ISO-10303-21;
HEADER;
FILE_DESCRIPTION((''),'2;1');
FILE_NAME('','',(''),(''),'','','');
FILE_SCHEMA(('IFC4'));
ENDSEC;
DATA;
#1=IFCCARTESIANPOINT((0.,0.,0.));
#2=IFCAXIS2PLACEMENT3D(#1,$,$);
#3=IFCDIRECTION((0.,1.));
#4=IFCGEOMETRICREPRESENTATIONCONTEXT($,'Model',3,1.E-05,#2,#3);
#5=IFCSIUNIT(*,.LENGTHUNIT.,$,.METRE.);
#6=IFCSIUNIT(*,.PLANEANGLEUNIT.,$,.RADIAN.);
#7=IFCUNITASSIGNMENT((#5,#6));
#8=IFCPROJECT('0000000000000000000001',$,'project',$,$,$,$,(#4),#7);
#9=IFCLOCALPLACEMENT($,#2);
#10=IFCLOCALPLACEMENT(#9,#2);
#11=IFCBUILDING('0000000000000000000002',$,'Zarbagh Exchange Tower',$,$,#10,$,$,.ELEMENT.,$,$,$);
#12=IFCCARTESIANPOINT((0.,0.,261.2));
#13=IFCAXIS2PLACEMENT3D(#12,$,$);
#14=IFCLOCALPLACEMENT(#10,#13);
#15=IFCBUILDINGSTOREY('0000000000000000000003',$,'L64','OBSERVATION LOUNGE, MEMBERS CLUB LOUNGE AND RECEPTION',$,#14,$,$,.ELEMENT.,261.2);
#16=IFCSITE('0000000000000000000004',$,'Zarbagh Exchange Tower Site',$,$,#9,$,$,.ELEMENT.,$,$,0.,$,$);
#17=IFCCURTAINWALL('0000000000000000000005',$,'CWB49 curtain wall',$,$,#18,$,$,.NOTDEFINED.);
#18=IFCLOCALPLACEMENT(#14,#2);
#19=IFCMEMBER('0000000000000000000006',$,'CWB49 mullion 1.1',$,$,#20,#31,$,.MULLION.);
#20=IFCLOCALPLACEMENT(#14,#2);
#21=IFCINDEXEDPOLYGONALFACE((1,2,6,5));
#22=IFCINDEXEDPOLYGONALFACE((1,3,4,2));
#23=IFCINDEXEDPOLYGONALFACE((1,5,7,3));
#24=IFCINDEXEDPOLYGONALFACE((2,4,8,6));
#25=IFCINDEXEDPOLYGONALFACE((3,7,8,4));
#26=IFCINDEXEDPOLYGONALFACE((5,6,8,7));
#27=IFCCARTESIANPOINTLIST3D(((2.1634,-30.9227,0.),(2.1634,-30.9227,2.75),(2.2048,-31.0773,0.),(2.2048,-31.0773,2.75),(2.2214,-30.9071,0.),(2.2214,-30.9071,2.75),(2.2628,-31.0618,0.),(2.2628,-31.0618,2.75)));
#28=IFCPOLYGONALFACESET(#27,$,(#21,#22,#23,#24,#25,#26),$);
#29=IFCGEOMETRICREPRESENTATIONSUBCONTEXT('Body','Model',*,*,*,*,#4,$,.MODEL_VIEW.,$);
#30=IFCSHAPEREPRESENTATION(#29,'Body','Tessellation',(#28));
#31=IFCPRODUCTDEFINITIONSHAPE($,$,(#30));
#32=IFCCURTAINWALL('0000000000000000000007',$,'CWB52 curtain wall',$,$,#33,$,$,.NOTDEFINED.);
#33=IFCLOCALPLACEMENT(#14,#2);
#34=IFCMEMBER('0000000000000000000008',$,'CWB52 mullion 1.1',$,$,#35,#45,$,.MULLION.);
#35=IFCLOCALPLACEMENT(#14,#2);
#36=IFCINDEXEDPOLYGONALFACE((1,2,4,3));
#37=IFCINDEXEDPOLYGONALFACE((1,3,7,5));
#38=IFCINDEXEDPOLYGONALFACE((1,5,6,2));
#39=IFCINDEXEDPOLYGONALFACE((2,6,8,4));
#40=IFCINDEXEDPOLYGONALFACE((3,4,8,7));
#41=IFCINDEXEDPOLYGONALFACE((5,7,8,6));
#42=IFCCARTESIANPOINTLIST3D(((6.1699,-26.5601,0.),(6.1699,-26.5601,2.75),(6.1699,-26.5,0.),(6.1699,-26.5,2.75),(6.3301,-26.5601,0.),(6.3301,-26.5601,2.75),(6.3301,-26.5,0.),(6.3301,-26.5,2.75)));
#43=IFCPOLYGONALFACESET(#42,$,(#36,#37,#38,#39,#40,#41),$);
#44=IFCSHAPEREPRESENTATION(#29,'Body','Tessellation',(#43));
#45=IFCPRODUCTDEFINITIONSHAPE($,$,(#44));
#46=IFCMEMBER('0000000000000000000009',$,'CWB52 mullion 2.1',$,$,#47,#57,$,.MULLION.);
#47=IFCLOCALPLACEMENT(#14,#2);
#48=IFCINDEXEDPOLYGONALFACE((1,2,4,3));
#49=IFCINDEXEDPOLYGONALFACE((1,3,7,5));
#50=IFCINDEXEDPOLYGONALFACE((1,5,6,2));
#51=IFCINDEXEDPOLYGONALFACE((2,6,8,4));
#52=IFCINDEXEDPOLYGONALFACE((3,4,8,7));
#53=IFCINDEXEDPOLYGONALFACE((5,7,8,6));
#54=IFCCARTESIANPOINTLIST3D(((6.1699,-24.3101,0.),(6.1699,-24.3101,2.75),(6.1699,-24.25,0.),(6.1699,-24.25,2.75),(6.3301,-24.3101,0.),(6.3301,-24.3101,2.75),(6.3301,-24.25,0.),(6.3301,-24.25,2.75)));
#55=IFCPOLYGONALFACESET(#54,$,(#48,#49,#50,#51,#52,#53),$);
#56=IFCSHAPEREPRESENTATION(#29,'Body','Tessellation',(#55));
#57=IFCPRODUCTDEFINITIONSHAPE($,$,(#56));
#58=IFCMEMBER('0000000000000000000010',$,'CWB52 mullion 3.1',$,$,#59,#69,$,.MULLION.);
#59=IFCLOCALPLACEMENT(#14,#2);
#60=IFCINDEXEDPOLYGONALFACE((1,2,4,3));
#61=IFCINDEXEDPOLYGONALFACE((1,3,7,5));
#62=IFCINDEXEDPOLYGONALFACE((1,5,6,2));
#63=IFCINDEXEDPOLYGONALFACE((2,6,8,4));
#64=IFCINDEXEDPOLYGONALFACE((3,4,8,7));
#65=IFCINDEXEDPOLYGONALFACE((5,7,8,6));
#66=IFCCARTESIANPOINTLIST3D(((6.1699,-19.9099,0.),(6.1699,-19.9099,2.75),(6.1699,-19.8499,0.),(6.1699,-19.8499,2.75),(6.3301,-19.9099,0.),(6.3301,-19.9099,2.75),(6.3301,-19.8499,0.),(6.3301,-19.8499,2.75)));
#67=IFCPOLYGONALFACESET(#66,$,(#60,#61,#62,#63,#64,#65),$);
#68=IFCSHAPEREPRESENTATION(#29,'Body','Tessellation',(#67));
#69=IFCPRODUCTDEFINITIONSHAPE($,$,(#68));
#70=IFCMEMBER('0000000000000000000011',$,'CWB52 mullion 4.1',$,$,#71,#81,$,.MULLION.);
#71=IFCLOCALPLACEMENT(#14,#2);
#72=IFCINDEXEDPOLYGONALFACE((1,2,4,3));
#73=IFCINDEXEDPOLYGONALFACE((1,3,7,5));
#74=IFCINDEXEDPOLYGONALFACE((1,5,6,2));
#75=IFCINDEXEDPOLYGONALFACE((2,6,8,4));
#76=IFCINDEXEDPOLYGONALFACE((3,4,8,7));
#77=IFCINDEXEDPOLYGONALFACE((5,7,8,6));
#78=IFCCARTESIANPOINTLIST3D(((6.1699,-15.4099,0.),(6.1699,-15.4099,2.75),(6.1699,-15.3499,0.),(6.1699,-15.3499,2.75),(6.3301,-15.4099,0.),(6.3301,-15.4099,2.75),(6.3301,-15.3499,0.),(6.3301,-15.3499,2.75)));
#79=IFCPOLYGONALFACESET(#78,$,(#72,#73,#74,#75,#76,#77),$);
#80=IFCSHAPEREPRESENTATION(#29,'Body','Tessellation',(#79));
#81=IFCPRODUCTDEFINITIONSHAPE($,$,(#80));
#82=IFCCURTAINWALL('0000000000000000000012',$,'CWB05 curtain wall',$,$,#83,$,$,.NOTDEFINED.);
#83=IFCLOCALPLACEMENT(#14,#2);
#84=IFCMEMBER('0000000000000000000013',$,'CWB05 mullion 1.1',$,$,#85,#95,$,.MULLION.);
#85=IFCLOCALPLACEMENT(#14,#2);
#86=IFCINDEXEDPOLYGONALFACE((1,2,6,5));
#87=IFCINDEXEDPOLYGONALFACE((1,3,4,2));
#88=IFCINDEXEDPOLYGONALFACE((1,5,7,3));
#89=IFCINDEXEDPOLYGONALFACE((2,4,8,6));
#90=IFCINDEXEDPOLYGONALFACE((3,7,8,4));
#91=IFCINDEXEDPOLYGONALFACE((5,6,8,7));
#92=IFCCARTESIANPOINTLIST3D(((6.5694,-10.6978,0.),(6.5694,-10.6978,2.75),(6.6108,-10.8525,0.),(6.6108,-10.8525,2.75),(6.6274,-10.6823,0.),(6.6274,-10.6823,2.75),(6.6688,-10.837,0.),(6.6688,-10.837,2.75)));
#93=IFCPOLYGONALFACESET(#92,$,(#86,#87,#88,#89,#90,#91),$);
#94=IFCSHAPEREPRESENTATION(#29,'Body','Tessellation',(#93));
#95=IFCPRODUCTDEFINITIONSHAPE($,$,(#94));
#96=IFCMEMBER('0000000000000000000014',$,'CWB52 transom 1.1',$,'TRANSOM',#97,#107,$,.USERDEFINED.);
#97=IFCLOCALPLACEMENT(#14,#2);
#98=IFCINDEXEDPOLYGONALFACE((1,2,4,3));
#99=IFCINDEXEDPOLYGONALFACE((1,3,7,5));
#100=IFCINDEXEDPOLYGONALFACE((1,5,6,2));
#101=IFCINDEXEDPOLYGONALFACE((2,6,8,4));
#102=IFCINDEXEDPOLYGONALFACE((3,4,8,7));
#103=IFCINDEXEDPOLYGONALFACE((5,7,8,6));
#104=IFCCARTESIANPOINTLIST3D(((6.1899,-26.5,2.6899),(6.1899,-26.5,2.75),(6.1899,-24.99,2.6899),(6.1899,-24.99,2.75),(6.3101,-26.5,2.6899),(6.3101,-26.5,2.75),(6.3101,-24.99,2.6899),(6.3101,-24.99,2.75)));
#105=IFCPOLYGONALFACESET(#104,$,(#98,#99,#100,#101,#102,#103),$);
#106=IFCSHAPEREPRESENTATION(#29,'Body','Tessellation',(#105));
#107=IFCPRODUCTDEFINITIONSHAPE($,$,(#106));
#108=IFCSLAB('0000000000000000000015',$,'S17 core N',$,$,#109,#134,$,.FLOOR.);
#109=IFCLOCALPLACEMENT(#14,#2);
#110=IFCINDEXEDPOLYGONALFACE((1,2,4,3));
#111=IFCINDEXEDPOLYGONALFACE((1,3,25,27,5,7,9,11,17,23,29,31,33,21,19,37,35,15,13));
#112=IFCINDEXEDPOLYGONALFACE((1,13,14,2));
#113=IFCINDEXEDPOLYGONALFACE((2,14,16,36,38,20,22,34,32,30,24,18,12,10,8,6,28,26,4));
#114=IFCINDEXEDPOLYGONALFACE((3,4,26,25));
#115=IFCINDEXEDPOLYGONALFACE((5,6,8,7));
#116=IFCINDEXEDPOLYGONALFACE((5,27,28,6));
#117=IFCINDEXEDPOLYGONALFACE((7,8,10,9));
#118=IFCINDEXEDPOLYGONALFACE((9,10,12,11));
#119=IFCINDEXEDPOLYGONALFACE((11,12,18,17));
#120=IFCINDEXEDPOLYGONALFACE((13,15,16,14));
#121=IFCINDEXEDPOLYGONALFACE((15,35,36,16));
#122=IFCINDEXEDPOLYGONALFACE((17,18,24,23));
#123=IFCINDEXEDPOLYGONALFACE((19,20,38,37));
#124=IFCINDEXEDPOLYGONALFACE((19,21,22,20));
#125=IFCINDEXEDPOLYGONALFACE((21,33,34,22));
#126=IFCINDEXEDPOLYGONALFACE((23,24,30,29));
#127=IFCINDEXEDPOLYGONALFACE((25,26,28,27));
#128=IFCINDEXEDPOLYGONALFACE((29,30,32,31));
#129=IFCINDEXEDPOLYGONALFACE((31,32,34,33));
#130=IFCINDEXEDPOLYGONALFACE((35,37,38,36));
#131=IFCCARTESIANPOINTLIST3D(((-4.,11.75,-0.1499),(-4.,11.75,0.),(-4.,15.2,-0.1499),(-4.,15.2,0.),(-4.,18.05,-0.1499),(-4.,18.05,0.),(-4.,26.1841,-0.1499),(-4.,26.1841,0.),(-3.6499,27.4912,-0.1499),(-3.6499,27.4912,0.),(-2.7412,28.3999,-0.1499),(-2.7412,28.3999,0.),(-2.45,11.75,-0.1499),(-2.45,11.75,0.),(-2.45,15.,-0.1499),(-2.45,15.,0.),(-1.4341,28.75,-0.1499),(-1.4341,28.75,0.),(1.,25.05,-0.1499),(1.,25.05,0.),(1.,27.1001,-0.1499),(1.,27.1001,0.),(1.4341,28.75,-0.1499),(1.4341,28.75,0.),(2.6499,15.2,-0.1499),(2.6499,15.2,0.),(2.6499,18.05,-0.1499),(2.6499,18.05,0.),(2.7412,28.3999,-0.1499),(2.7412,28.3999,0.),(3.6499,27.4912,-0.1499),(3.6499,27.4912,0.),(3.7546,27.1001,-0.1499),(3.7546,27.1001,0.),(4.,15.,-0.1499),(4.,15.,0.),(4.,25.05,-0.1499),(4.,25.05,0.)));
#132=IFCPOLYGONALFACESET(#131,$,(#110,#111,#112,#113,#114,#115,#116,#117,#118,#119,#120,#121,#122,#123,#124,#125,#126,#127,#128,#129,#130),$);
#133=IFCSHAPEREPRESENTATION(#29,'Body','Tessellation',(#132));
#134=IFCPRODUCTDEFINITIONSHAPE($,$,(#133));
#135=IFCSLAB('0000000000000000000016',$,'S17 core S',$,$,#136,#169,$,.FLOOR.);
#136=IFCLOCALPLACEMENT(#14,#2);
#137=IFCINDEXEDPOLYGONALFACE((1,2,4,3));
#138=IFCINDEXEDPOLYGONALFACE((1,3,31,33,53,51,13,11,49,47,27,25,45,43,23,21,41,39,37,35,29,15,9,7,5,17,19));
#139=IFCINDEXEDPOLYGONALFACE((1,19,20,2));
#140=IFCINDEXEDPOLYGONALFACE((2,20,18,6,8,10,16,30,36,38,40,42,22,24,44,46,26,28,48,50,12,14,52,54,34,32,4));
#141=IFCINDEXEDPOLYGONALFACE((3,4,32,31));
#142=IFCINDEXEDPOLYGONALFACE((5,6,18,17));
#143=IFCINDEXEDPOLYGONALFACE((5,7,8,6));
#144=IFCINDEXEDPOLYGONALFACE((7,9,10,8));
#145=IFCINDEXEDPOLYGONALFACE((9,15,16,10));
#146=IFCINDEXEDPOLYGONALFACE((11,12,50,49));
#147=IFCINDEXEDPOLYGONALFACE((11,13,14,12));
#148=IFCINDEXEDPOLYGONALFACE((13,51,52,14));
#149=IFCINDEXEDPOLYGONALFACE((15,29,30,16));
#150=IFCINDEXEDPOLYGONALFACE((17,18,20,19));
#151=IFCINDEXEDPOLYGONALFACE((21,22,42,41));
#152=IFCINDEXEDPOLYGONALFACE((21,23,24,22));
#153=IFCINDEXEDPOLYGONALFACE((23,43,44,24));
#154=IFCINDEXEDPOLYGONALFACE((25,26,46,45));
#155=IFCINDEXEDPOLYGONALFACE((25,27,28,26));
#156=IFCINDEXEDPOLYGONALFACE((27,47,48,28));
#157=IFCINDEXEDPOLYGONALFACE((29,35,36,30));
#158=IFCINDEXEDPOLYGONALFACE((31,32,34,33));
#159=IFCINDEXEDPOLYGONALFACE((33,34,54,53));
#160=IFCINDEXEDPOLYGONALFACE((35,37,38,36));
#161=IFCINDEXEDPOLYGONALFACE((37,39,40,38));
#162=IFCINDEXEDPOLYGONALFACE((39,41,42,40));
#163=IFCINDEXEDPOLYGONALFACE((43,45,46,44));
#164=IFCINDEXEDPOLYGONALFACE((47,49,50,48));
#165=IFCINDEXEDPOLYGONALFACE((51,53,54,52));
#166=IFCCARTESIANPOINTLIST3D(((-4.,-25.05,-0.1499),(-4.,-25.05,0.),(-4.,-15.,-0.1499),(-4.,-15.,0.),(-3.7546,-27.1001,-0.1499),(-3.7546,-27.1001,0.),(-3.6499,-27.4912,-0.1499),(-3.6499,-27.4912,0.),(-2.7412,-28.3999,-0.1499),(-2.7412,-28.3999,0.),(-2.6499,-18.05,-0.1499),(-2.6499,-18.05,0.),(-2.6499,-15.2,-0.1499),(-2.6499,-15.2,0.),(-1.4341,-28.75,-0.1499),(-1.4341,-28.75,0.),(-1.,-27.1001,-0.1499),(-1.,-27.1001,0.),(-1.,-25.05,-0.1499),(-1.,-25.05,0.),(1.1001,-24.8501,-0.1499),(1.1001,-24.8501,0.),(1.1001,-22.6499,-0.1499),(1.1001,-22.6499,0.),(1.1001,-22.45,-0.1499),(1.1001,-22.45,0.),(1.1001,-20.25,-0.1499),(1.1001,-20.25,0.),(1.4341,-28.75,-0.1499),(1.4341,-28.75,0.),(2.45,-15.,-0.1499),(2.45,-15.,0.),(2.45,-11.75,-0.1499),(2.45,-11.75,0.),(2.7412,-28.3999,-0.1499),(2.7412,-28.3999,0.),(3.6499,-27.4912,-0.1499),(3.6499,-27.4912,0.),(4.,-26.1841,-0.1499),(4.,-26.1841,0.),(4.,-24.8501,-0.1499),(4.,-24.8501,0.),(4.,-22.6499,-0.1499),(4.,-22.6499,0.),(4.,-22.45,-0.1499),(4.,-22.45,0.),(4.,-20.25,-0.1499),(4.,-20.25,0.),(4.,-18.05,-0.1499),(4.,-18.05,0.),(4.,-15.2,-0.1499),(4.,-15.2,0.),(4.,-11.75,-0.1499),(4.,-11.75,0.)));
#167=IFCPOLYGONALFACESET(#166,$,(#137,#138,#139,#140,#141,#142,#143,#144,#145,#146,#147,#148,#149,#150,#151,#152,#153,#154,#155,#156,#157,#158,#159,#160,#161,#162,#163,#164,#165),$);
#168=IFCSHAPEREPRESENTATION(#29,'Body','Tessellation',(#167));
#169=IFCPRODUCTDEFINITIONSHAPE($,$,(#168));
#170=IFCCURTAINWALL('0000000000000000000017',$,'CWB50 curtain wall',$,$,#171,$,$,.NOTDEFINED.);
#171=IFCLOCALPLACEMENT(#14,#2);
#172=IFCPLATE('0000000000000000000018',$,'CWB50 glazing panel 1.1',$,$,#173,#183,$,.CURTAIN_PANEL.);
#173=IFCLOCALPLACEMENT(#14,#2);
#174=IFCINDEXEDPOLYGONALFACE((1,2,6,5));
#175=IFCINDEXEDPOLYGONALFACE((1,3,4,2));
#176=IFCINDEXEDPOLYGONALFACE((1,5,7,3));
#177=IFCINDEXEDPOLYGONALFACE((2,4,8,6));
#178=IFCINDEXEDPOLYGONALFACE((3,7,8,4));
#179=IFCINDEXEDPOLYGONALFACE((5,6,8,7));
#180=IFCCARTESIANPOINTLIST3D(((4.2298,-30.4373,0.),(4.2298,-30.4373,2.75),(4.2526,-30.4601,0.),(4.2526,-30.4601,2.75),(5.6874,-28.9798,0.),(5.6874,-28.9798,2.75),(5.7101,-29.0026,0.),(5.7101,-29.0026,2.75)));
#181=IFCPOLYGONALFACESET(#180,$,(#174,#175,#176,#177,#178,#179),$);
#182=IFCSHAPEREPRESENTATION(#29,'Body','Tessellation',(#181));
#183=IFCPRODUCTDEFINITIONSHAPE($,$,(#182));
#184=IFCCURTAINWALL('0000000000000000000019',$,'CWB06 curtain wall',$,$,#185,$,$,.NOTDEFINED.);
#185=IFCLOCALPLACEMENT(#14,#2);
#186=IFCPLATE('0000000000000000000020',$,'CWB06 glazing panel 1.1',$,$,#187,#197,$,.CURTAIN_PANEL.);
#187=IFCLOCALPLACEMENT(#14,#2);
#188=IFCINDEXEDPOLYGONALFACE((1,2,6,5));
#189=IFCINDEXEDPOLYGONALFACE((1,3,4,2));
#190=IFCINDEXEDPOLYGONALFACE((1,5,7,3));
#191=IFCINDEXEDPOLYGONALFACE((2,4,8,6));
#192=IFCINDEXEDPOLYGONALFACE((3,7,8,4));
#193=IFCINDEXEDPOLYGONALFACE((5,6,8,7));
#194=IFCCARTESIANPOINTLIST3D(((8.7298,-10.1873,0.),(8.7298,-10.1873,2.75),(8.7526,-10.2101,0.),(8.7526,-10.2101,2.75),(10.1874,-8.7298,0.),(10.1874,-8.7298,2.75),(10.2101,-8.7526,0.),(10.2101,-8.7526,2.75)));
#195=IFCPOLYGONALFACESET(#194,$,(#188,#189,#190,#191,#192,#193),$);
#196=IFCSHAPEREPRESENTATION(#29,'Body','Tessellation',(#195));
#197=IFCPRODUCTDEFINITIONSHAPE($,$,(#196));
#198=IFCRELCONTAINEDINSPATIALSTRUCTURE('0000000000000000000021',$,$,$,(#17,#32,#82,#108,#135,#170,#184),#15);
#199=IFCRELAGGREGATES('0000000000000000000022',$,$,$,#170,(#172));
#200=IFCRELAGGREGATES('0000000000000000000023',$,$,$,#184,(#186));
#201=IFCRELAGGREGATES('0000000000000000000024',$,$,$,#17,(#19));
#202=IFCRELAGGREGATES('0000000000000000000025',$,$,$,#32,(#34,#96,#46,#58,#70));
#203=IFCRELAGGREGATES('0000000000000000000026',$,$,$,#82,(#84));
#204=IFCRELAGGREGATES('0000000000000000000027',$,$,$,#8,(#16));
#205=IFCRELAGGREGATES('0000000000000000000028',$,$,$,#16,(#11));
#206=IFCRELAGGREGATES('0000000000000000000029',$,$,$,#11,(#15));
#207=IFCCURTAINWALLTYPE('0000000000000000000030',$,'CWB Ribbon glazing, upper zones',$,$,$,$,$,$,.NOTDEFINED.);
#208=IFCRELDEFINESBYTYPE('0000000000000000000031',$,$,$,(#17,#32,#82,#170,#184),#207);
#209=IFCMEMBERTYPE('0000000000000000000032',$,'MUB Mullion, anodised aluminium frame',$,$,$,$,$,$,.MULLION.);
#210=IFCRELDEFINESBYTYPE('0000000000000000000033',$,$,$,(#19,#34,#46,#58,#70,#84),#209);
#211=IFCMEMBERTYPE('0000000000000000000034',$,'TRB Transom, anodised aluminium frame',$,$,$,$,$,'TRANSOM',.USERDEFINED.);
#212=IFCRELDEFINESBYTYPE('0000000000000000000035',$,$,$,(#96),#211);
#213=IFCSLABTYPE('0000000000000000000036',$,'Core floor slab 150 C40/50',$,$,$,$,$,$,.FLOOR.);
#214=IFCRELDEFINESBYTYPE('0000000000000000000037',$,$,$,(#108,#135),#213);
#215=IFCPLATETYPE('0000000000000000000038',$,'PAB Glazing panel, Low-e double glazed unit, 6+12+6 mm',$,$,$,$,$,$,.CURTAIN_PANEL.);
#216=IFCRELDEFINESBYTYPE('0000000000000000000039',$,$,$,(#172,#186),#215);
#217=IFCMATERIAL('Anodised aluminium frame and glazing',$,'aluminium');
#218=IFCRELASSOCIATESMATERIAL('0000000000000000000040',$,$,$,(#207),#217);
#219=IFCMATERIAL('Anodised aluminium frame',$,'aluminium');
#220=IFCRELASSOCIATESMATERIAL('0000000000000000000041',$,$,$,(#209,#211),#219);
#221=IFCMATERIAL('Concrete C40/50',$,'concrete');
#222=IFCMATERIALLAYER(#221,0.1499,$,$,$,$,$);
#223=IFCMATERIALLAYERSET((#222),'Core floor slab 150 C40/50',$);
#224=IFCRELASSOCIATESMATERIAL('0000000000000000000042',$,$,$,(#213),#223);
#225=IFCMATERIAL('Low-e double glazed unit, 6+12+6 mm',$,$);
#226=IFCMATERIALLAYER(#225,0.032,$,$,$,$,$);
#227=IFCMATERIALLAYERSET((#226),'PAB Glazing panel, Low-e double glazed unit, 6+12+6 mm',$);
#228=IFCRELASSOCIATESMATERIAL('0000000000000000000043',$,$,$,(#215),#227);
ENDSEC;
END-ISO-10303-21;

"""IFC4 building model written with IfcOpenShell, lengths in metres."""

from ifc_helpers import new_model, si_unit, direction, frame, origin, place, context, subcontext, project, spatial, polyline, outline, extrude, source, transform, mapped, material, layer, layer_set, type_object, element, aggregate, save


model = new_model("IFC4")

# Units and contexts
model_context = context("Model", 3, precision=1e-05, world=origin(), true_north=direction((0.0, 1.0)))
body_context = subcontext(model_context, "Body", "Model", "MODEL_VIEW")
ifc_project = project(units=[si_unit("LENGTHUNIT", "METRE"), si_unit("PLANEANGLEUNIT", "RADIAN")], contexts=[model_context])

# Site, building, storey
site_placement = place(None, origin())
site = spatial("IfcSite", under=ifc_project, at=site_placement, Name="Zarbagh Exchange Tower Site", CompositionType="ELEMENT", RefElevation=0.0)
building_placement = place(site_placement, origin())
building = spatial("IfcBuilding", under=site, at=building_placement, Name="Zarbagh Exchange Tower", CompositionType="ELEMENT")
storey_placement = place(building_placement, frame((0.0, 0.0, 261.2)))
storey = spatial("IfcBuildingStorey", under=building, at=storey_placement, Name="L64", Description="OBSERVATION LOUNGE, MEMBERS CLUB LOUNGE AND RECEPTION", CompositionType="ELEMENT", Elevation=261.2)

# Curtain wall, member
ifc_material_1 = material(Name="Anodised aluminium frame and glazing", Category="aluminium")
curtain_wall_type = type_object("IfcCurtainWallType", Name="CWB Ribbon glazing, upper zones", PredefinedType="NOTDEFINED", material=ifc_material_1)
curtain_wall_1_placement = place(storey_placement, origin())
curtain_wall_1 = element("IfcCurtainWall", 1, at=curtain_wall_1_placement, inside=storey, type_object=curtain_wall_type, Name="CWB49 curtain wall", PredefinedType="NOTDEFINED")
ifc_material_2 = material(Name="Anodised aluminium frame", Category="aluminium")
member_type_1 = type_object("IfcMemberType", Name="MUB Mullion, anodised aluminium frame", PredefinedType="MULLION", material=ifc_material_2)
shared_shape_1 = source(origin(), body_context, "Body", "SweptSolid", [
    extrude(outline(polyline([(0.0, -0.0801), (0.0601, -0.0801), (0.0601, 0.0801), (0.0, 0.0801), (0.0, -0.0801)])), origin(), (0.0, 0.0, 1.0), 2.75),
])
placement = place(storey_placement, origin())
member_1 = element("IfcMember", 2, at=placement, type_object=member_type_1, Name="CWB49 mullion 1.1", PredefinedType="MULLION", context=body_context, shape_type="MappedRepresentation", body=[
    mapped(shared_shape_1, transform((2.1841, -31.0, 0.0), x_axis=(0.965924, 0.258825, 0.0), y_axis=(-0.258825, 0.965924, 0.0), z_axis=(0.0, 0.0, 1.0))),
])

# Curtain wall, members
curtain_wall_2_placement = place(storey_placement, origin())
curtain_wall_2 = element("IfcCurtainWall", 3, at=curtain_wall_2_placement, inside=storey, type_object=curtain_wall_type, Name="CWB52 curtain wall", PredefinedType="NOTDEFINED")
member_2 = element("IfcMember", 4, at=placement, type_object=member_type_1, Name="CWB52 mullion 1.1", PredefinedType="MULLION", context=body_context, shape_type="MappedRepresentation", body=[
    mapped(shared_shape_1, transform((6.25, -26.5601, 0.0), x_axis=(0.0, 1.0, 0.0), y_axis=(-1.0, 0.0, 0.0), z_axis=(0.0, 0.0, 1.0))),
])
member_3 = element("IfcMember", 5, at=placement, type_object=member_type_1, Name="CWB52 mullion 2.1", PredefinedType="MULLION", context=body_context, shape_type="MappedRepresentation", body=[
    mapped(shared_shape_1, transform((6.25, -24.3101, 0.0), x_axis=(0.0, 1.0, 0.0), y_axis=(-1.0, 0.0, 0.0), z_axis=(0.0, 0.0, 1.0))),
])
member_4 = element("IfcMember", 6, at=placement, type_object=member_type_1, Name="CWB52 mullion 3.1", PredefinedType="MULLION", context=body_context, shape_type="MappedRepresentation", body=[
    mapped(shared_shape_1, transform((6.25, -19.9099, 0.0), x_axis=(0.0, 1.0, 0.0), y_axis=(-1.0, 0.0, 0.0), z_axis=(0.0, 0.0, 1.0))),
])
member_5 = element("IfcMember", 7, at=placement, type_object=member_type_1, Name="CWB52 mullion 4.1", PredefinedType="MULLION", context=body_context, shape_type="MappedRepresentation", body=[
    mapped(shared_shape_1, transform((6.25, -15.4099, 0.0), x_axis=(0.0, 1.0, 0.0), y_axis=(-1.0, 0.0, 0.0), z_axis=(0.0, 0.0, 1.0))),
])

# Curtain wall, member
curtain_wall_3_placement = place(storey_placement, origin())
curtain_wall_3 = element("IfcCurtainWall", 8, at=curtain_wall_3_placement, inside=storey, type_object=curtain_wall_type, Name="CWB05 curtain wall", PredefinedType="NOTDEFINED")
member_6 = element("IfcMember", 9, at=placement, type_object=member_type_1, Name="CWB05 mullion 1.1", PredefinedType="MULLION", context=body_context, shape_type="MappedRepresentation", body=[
    mapped(shared_shape_1, transform((6.5901, -10.7751, 0.0), x_axis=(0.965924, 0.258825, 0.0), y_axis=(-0.258825, 0.965924, 0.0), z_axis=(0.0, 0.0, 1.0))),
])

# Member
member_type_2 = type_object("IfcMemberType", Name="TRB Transom, anodised aluminium frame", ElementType="TRANSOM", PredefinedType="USERDEFINED", material=ifc_material_2)
shared_shape_2 = source(origin(), body_context, "Body", "SweptSolid", [
    extrude(outline(polyline([(-0.0601, -0.0601), (0.0, -0.0601), (0.0, 0.0601), (-0.0601, 0.0601), (-0.0601, -0.0601)])), origin(), (0.0, 0.0, 1.0), 1.51),
])
member_7 = element("IfcMember", 10, at=placement, type_object=member_type_2, Name="CWB52 transom 1.1", ObjectType="TRANSOM", PredefinedType="USERDEFINED", context=body_context, shape_type="MappedRepresentation", body=[
    mapped(shared_shape_2, transform((6.25, -26.5, 2.75), x_axis=(0.0, 0.0, 1.0), y_axis=(1.0, 0.0, 0.0), z_axis=(0.0, 1.0, 0.0))),
])

# Slabs
ifc_material_3 = material(Name="Concrete C40/50", Category="concrete")
ifc_layer_1 = layer(ifc_material_3, 0.1499)
ifc_layer_set_1 = layer_set([ifc_layer_1], Name="Core floor slab 150 C40/50")
slab_type = type_object("IfcSlabType", Name="Core floor slab 150 C40/50", PredefinedType="FLOOR", material=ifc_layer_set_1)
slab_1_placement = place(storey_placement, frame((0.0, 0.0, -0.1499)))
element("IfcSlab", 11, at=slab_1_placement, inside=storey, type_object=slab_type, Name="S17 core N", PredefinedType="FLOOR", context=body_context, shape_type="SweptSolid", body=[
    extrude(outline(polyline([(-4.0, 11.75), (-4.0, 15.2), (2.6499, 15.2), (2.6499, 18.05), (-4.0, 18.05), (-4.0, 26.1841), (-3.6499, 27.4912), (-2.7412, 28.3999), (-1.4341, 28.75), (1.4341, 28.75), (2.7412, 28.3999), (3.6499, 27.4912), (3.8577, 26.7151), (3.7546, 27.1001), (1.0, 27.1001), (1.0, 25.05), (4.0, 25.05), (4.0, 15.0), (-2.45, 15.0), (-2.45, 11.75), (-4.0, 11.75)])), origin(), (0.0, 0.0, 1.0), 0.1499),
])
slab_2_placement = place(storey_placement, frame((0.0, 0.0, -0.1499)))
element("IfcSlab", 12, at=slab_2_placement, inside=storey, type_object=slab_type, Name="S17 core S", PredefinedType="FLOOR", context=body_context, shape_type="SweptSolid", body=[
    extrude(outline(polyline([(-2.7412, -28.3999), (-3.6499, -27.4912), (-3.8577, -26.7151), (-3.7546, -27.1001), (-1.0, -27.1001), (-1.0, -25.05), (-4.0, -25.05), (-4.0, -15.0), (2.45, -15.0), (2.45, -11.75), (4.0, -11.75), (4.0, -15.2), (-2.6499, -15.2), (-2.6499, -18.05), (4.0, -18.05), (4.0, -20.25), (1.1001, -20.25), (1.1001, -22.45), (4.0, -22.45), (4.0, -22.6499), (1.1001, -22.6499), (1.1001, -24.8501), (4.0, -24.8501), (4.0, -26.1841), (3.6499, -27.4912), (2.7412, -28.3999), (1.4341, -28.75), (-1.4341, -28.75), (-2.7412, -28.3999)])), origin(), (0.0, 0.0, 1.0), 0.1499),
])

# Curtain walls, plates
curtain_wall_4_placement = place(storey_placement, origin())
curtain_wall_4 = element("IfcCurtainWall", 13, at=curtain_wall_4_placement, inside=storey, type_object=curtain_wall_type, Name="CWB50 curtain wall", PredefinedType="NOTDEFINED")
ifc_material_4 = material(Name="Low-e double glazed unit, 6+12+6 mm")
ifc_layer_2 = layer(ifc_material_4, 0.032)
ifc_layer_set_2 = layer_set([ifc_layer_2], Name="PAB Glazing panel, Low-e double glazed unit, 6+12+6 mm")
plate_type = type_object("IfcPlateType", Name="PAB Glazing panel, Low-e double glazed unit, 6+12+6 mm", PredefinedType="CURTAIN_PANEL", material=ifc_layer_set_2)
shared_shape_3 = source(origin(), body_context, "Body", "SweptSolid", [
    extrude(outline(polyline([(0.0, -0.0161), (2.0613, -0.0161), (2.0613, 0.0161), (0.0, 0.0161), (0.0, -0.0161)])), origin(), (0.0, 0.0, 1.0), 2.75),
])
plate_1 = element("IfcPlate", 14, at=placement, type_object=plate_type, Name="CWB50 glazing panel 1.1", PredefinedType="CURTAIN_PANEL", context=body_context, shape_type="MappedRepresentation", body=[
    mapped(shared_shape_3, transform((4.2412, -30.4487, 0.0), x_axis=(0.707107, 0.707107, 0.0), y_axis=(-0.707107, 0.707107, 0.0), z_axis=(0.0, 0.0, 1.0))),
])
aggregate(curtain_wall_4, [plate_1])
curtain_wall_5_placement = place(storey_placement, origin())
curtain_wall_5 = element("IfcCurtainWall", 15, at=curtain_wall_5_placement, inside=storey, type_object=curtain_wall_type, Name="CWB06 curtain wall", PredefinedType="NOTDEFINED")
plate_2 = element("IfcPlate", 16, at=placement, type_object=plate_type, Name="CWB06 glazing panel 1.1", PredefinedType="CURTAIN_PANEL", context=body_context, shape_type="MappedRepresentation", body=[
    mapped(shared_shape_3, transform((8.7412, -10.1987, 0.0), x_axis=(0.707107, 0.707107, 0.0), y_axis=(-0.707107, 0.707107, 0.0), z_axis=(0.0, 0.0, 1.0))),
])
aggregate(curtain_wall_5, [plate_2])

aggregate(curtain_wall_1, [member_1])

aggregate(curtain_wall_2, [member_2, member_7, member_3, member_4, member_5])
aggregate(curtain_wall_3, [member_6])

save(model, "model.ifc")
